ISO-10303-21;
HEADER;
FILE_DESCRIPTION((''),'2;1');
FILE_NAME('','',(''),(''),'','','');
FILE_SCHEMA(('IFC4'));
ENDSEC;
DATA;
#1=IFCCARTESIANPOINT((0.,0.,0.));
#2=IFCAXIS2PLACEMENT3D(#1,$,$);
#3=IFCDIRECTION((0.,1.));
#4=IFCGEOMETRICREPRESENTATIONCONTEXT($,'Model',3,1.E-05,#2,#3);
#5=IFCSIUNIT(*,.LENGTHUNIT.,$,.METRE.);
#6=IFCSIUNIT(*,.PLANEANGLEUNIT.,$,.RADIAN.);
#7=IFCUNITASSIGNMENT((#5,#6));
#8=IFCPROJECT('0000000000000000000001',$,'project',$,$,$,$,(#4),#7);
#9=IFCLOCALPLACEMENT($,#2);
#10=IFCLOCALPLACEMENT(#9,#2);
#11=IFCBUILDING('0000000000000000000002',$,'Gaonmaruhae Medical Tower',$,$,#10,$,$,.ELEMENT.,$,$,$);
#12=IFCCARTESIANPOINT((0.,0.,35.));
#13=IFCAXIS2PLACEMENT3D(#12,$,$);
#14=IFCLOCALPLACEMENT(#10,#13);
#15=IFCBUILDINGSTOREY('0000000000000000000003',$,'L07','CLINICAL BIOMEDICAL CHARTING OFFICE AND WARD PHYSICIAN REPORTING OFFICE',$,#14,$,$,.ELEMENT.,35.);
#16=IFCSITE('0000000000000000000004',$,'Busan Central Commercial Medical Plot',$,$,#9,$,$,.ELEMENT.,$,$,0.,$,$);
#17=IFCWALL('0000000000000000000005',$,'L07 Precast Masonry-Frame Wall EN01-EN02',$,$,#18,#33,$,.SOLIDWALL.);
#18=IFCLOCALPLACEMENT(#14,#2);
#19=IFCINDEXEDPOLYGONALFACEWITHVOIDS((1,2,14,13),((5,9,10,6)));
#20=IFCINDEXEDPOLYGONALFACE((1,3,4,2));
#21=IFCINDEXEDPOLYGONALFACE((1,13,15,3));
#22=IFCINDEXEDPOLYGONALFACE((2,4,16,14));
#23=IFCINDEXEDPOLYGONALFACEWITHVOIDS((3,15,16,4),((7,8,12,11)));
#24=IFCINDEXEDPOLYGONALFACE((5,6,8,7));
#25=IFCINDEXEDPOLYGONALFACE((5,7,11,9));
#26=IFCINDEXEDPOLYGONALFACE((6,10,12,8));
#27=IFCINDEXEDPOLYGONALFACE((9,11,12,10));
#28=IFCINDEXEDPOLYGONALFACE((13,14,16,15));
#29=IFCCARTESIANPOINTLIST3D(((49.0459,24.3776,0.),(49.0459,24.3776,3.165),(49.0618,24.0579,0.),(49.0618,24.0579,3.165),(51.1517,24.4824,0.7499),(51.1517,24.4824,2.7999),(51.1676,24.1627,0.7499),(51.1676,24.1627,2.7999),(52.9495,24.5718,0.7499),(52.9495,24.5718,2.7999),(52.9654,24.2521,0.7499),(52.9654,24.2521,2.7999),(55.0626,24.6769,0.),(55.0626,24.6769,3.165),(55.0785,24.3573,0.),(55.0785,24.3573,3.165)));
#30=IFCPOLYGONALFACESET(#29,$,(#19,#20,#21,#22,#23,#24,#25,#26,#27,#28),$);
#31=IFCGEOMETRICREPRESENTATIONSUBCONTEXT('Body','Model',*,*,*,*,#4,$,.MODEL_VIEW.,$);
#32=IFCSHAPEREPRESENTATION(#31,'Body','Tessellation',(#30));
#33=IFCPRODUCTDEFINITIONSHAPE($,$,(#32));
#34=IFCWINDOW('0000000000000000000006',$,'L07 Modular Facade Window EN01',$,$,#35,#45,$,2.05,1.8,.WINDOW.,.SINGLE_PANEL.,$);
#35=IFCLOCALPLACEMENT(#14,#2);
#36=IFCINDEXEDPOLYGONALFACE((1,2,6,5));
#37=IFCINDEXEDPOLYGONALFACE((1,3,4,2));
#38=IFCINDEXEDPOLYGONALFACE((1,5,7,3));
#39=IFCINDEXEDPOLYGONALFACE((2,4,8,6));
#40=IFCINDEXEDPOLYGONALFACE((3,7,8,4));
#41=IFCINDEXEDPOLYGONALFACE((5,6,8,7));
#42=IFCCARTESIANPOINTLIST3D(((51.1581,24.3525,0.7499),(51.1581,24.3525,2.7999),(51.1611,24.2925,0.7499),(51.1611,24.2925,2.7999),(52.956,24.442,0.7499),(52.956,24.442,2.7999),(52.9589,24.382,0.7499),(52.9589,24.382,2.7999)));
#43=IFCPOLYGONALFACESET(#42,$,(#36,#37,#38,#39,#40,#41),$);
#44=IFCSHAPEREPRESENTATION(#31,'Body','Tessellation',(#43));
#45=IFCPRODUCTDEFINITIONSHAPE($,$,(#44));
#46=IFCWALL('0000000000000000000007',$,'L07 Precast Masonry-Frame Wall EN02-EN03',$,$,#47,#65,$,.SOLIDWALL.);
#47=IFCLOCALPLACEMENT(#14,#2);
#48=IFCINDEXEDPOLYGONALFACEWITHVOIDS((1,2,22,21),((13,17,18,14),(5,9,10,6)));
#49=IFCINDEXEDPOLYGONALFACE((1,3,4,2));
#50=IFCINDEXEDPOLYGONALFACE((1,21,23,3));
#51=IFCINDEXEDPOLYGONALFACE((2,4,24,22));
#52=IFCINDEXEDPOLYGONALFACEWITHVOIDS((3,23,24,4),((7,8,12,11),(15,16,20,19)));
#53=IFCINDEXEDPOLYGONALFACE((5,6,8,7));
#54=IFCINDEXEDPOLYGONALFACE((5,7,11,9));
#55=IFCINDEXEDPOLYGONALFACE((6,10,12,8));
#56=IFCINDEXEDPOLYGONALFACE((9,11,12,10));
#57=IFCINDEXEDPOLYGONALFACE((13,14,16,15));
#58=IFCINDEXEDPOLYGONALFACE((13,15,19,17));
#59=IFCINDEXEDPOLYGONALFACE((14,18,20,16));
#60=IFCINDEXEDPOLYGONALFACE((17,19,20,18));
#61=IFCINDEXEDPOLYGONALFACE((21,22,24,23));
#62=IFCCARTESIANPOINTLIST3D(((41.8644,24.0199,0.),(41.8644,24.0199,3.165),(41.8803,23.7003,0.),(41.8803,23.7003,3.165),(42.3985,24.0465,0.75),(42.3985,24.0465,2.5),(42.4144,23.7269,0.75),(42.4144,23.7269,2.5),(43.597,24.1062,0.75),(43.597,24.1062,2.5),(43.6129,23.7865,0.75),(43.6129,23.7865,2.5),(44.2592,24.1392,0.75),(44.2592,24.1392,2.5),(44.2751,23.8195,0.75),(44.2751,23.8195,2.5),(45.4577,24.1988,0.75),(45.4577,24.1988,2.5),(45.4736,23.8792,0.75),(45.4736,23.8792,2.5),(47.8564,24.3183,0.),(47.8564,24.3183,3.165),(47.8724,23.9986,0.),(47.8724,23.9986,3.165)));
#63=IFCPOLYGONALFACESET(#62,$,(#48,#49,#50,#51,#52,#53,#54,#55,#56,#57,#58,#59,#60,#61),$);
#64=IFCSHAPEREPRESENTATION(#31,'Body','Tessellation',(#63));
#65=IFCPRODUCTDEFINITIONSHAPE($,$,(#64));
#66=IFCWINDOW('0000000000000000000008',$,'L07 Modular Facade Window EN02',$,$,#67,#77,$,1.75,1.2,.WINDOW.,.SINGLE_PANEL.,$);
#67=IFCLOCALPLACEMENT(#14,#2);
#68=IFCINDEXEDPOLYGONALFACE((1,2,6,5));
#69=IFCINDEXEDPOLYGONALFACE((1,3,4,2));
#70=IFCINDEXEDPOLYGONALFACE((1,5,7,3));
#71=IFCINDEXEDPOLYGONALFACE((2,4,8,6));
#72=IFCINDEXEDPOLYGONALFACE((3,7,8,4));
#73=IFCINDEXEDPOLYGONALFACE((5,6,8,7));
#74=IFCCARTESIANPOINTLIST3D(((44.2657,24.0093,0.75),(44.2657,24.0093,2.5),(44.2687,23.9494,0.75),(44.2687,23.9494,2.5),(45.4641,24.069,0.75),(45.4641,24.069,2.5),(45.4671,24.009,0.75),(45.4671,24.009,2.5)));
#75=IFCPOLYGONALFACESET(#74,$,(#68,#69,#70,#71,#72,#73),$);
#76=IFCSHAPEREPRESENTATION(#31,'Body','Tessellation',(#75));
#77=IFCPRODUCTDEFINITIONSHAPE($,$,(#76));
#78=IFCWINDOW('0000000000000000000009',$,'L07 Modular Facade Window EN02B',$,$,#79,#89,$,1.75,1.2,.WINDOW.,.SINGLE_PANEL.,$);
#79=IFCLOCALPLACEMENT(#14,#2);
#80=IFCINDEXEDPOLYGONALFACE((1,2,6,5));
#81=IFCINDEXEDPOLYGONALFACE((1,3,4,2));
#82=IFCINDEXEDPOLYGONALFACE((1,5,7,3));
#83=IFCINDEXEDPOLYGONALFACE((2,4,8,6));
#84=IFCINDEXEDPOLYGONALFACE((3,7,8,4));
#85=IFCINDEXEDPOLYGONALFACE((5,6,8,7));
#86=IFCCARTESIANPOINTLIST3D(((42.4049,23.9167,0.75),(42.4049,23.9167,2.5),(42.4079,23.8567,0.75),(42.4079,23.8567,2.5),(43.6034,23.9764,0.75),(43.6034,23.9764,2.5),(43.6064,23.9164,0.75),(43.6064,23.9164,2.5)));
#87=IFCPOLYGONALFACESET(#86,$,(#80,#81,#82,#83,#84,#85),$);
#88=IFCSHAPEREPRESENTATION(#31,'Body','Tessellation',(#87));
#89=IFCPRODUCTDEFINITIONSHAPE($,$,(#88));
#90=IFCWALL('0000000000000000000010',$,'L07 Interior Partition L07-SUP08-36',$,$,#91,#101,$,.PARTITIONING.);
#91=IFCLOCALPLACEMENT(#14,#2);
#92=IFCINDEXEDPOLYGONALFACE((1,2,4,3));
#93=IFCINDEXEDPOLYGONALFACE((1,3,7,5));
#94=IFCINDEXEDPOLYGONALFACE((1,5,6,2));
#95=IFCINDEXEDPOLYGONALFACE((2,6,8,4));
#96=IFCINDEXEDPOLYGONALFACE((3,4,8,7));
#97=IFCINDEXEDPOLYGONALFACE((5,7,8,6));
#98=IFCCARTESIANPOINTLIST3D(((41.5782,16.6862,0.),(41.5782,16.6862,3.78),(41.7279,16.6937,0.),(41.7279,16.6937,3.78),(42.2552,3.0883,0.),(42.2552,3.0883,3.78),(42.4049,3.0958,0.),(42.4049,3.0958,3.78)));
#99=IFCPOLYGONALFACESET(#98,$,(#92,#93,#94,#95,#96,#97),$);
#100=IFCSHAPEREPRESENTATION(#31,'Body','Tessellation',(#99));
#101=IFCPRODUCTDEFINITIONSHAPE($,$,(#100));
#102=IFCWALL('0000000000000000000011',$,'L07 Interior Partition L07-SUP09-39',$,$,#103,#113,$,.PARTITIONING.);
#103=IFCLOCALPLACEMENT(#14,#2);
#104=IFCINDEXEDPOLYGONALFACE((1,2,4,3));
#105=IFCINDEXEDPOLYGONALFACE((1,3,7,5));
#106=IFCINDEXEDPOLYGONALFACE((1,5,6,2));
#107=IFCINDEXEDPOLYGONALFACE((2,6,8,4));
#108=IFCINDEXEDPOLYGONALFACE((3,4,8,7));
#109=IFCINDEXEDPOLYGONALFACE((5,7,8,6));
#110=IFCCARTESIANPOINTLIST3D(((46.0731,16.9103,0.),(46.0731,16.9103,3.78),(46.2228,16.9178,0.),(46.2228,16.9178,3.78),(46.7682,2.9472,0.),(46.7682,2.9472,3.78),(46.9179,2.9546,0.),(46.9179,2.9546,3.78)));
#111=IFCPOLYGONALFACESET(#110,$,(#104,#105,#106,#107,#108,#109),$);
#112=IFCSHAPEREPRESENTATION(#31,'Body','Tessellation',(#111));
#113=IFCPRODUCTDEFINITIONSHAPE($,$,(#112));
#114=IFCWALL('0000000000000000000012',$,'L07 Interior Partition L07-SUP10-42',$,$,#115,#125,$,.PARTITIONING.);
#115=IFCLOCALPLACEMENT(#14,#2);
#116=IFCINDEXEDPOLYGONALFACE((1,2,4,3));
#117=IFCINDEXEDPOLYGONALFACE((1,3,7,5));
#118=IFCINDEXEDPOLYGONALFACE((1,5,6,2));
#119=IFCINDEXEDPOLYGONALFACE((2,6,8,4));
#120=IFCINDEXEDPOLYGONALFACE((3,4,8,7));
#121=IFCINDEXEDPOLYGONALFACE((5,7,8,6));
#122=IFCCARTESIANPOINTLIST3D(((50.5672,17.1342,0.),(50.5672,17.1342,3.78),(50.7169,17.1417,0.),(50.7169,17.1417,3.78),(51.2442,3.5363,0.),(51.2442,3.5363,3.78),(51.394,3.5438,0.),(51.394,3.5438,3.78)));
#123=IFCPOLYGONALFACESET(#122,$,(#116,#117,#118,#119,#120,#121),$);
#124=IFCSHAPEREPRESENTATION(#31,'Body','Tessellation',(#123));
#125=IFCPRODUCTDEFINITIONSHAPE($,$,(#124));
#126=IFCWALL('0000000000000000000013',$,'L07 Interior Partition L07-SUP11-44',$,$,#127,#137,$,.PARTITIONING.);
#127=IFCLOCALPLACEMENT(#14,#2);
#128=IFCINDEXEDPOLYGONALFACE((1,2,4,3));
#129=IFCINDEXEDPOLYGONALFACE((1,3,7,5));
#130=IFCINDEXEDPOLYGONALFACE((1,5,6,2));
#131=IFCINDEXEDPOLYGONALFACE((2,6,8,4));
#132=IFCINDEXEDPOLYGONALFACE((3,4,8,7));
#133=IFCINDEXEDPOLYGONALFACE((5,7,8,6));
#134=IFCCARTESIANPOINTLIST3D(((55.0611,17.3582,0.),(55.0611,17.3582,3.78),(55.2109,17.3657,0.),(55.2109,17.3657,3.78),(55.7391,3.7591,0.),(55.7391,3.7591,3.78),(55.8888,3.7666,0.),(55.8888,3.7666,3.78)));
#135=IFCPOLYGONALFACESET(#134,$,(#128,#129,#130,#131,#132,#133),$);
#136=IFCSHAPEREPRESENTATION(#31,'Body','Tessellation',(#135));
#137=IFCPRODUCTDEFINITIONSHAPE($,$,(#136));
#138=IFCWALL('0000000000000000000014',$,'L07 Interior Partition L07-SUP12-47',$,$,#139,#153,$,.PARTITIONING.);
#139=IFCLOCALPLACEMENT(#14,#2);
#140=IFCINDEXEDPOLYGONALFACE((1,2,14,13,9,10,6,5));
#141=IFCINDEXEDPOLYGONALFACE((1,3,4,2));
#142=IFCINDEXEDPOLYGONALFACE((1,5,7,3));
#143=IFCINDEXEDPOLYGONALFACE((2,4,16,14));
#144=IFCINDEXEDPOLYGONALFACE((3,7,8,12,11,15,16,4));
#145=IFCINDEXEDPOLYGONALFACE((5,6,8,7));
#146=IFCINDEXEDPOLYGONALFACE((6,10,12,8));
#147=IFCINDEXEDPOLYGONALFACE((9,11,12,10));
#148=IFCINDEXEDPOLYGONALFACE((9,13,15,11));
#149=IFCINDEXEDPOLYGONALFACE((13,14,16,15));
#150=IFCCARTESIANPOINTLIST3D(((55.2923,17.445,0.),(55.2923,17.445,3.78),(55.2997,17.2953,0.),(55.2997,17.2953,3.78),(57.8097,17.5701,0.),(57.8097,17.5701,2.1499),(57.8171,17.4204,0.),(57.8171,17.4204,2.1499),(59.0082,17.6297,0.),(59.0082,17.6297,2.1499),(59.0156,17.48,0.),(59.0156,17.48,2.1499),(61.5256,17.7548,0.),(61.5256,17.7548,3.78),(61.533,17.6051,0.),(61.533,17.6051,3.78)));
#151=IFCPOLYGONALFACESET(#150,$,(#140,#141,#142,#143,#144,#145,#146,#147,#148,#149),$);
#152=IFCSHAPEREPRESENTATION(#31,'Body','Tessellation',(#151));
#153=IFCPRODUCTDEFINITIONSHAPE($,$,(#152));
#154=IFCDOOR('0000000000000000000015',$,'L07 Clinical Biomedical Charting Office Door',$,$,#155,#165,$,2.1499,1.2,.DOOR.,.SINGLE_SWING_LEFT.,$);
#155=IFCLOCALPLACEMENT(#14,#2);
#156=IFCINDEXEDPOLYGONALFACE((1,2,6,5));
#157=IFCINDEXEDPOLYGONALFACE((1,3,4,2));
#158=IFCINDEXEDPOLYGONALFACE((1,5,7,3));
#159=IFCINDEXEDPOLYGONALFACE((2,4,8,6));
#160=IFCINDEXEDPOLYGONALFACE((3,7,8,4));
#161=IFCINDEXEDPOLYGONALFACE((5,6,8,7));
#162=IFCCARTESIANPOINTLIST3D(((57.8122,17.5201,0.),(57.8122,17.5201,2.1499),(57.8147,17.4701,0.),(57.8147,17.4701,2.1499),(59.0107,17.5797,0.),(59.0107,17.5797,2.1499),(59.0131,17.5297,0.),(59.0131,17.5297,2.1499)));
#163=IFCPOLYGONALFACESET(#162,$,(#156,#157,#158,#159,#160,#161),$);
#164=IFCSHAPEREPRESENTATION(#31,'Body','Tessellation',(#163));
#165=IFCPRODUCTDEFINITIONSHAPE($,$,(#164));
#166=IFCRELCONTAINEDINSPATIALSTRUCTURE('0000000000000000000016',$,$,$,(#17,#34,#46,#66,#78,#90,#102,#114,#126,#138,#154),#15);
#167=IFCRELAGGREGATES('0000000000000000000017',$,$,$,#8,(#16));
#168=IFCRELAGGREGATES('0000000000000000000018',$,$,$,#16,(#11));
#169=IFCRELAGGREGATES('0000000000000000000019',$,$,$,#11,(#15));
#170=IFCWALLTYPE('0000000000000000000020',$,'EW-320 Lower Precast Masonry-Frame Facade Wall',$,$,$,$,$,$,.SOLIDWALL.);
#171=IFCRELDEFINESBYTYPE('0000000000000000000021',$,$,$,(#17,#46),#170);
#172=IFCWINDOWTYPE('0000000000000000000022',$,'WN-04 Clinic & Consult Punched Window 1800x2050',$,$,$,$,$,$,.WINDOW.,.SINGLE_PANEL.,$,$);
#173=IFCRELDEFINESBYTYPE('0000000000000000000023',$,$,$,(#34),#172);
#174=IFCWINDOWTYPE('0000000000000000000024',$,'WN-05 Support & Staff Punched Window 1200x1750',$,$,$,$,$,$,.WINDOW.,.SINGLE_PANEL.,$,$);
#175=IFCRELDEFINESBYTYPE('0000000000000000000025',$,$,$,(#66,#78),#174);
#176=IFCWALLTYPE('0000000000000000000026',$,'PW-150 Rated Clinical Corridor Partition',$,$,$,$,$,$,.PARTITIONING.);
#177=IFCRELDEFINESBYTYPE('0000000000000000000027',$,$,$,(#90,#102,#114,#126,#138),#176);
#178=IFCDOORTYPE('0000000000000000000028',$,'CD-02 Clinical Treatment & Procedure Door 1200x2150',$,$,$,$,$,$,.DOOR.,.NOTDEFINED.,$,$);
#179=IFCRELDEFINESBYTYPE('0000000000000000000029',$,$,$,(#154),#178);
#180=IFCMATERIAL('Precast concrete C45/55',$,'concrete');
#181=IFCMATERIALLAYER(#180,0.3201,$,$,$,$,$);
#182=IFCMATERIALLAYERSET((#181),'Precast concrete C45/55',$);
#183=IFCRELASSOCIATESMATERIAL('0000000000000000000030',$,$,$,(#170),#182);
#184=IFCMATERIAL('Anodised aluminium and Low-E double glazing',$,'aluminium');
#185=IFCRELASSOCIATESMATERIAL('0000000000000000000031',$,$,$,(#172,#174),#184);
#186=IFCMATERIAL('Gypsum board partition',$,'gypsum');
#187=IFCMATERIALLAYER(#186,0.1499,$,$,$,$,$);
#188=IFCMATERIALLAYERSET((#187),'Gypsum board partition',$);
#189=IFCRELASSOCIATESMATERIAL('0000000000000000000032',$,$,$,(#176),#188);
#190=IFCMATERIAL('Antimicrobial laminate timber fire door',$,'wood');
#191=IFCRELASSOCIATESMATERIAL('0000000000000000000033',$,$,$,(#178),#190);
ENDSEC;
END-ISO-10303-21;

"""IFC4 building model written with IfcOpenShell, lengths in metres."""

from ifc_helpers import new_model, si_unit, direction, frame, frame_2d, origin, place, context, subcontext, project, spatial, rectangle, extrude, material, layer, layer_set, type_object, element, fill, save


model = new_model("IFC4")

# Units and contexts
model_context = context("Model", 3, precision=1e-05, world=origin(), true_north=direction((0.0, 1.0)))
body_context = subcontext(model_context, "Body", "Model", "MODEL_VIEW")
ifc_project = project(units=[si_unit("LENGTHUNIT", "METRE"), si_unit("PLANEANGLEUNIT", "RADIAN")], contexts=[model_context])

# Site, building, storey
site_placement = place(None, origin())
site = spatial("IfcSite", under=ifc_project, at=site_placement, Name="Busan Central Commercial Medical Plot", CompositionType="ELEMENT", RefElevation=0.0)
building_placement = place(site_placement, origin())
building = spatial("IfcBuilding", under=site, at=building_placement, Name="Gaonmaruhae Medical Tower", CompositionType="ELEMENT")
storey_placement = place(building_placement, frame((0.0, 0.0, 35.0)))
storey = spatial("IfcBuildingStorey", under=building, at=storey_placement, Name="L07", Description="CLINICAL BIOMEDICAL CHARTING OFFICE AND WARD PHYSICIAN REPORTING OFFICE", CompositionType="ELEMENT", Elevation=35.0)

# Wall, opening, window
ifc_material_1 = material(Name="Precast concrete C45/55", Category="concrete")
ifc_layer_1 = layer(ifc_material_1, 0.3201)
ifc_layer_set_1 = layer_set([ifc_layer_1], Name="Precast concrete C45/55")
wall_type_1 = type_object("IfcWallType", Name="EW-320 Lower Precast Masonry-Frame Facade Wall", PredefinedType="SOLIDWALL", material=ifc_layer_set_1)
wall_1_placement = place(storey_placement, frame((49.0537, 24.2178, 0.0), z_axis=(0.0, 0.0, 1.0), x_axis=(0.998765, 0.049685, 0.0)))
wall_1 = element("IfcWall", 1, at=wall_1_placement, inside=storey, type_object=wall_type_1, Name="L07 Precast Masonry-Frame Wall EN01-EN02", PredefinedType="SOLIDWALL", context=body_context, shape_type="SweptSolid", body=[
    extrude(rectangle(XDim=6.0242, YDim=0.3201, at=frame_2d((3.0122, 0.0))), origin(), (0.0, 0.0, 1.0), 3.165),
])
opening_1_placement = place(wall_1_placement, frame((2.1086, 0.0, 0.75)))
opening_1 = element("IfcOpeningElement", 2, at=opening_1_placement, cuts=wall_1, PredefinedType="OPENING", context=body_context, shape_type="SweptSolid", body=[
    extrude(rectangle(XDim=1.8, YDim=2.05, at=frame_2d((0.8999, 1.0249))), frame((0.0, 0.1699, 0.0), z_axis=(0.0, -1.0, 0.0), x_axis=(1.0, 0.0, 0.0)), (0.0, 0.0, 1.0), 0.3401),
])
ifc_material_2 = material(Name="Anodised aluminium and Low-E double glazing", Category="aluminium")
window_type_1 = type_object("IfcWindowType", Name="WN-04 Clinic & Consult Punched Window 1800x2050", PartitioningType="SINGLE_PANEL", PredefinedType="WINDOW", material=ifc_material_2)
window_1_placement = place(opening_1_placement, origin())
window_1 = element("IfcWindow", 3, at=window_1_placement, inside=storey, type_object=window_type_1, Name="L07 Modular Facade Window EN01", OverallHeight=2.05, OverallWidth=1.8, PartitioningType="SINGLE_PANEL", PredefinedType="WINDOW", context=body_context, shape_type="SweptSolid", body=[
    extrude(rectangle(XDim=1.8, YDim=2.05, at=frame_2d((0.8999, 1.0249))), frame((0.0, 0.03, 0.0), z_axis=(0.0, -1.0, 0.0), x_axis=(1.0, 0.0, 0.0)), (0.0, 0.0, 1.0), 0.0601),
])
fill(opening_1, window_1)

# Wall, openings, windows
wall_2_placement = place(storey_placement, frame((41.8723, 23.8601, 0.0), z_axis=(0.0, 0.0, 1.0), x_axis=(0.998763, 0.049727, 0.0)))
wall_2 = element("IfcWall", 4, at=wall_2_placement, inside=storey, type_object=wall_type_1, Name="L07 Precast Masonry-Frame Wall EN02-EN03", PredefinedType="SOLIDWALL", context=body_context, shape_type="SweptSolid", body=[
    extrude(rectangle(XDim=5.9995, YDim=0.3201, at=frame_2d((2.9998, 0.0))), origin(), (0.0, 0.0, 1.0), 3.165),
])
opening_2_placement = place(wall_2_placement, frame((2.3977, 0.0, 0.75)))
opening_2 = element("IfcOpeningElement", 5, at=opening_2_placement, cuts=wall_2, PredefinedType="OPENING", context=body_context, shape_type="SweptSolid", body=[
    extrude(rectangle(XDim=1.2, YDim=1.75, at=frame_2d((0.6001, 0.875))), frame((0.0, 0.1699, 0.0), z_axis=(0.0, -1.0, 0.0), x_axis=(1.0, 0.0, 0.0)), (0.0, 0.0, 1.0), 0.3401),
])
opening_3_placement = place(wall_2_placement, frame((0.5347, 0.0, 0.75)))
opening_3 = element("IfcOpeningElement", 6, at=opening_3_placement, cuts=wall_2, PredefinedType="OPENING", context=body_context, shape_type="SweptSolid", body=[
    extrude(rectangle(XDim=1.2, YDim=1.75, at=frame_2d((0.6001, 0.875))), frame((0.0, 0.1699, 0.0), z_axis=(0.0, -1.0, 0.0), x_axis=(1.0, 0.0, 0.0)), (0.0, 0.0, 1.0), 0.3401),
])
window_type_2 = type_object("IfcWindowType", Name="WN-05 Support & Staff Punched Window 1200x1750", PartitioningType="SINGLE_PANEL", PredefinedType="WINDOW", material=ifc_material_2)
window_2_placement = place(opening_2_placement, origin())
window_2 = element("IfcWindow", 7, at=window_2_placement, inside=storey, type_object=window_type_2, Name="L07 Modular Facade Window EN02", OverallHeight=1.75, OverallWidth=1.2, PartitioningType="SINGLE_PANEL", PredefinedType="WINDOW", context=body_context, shape_type="SweptSolid", body=[
    extrude(rectangle(XDim=1.2, YDim=1.75, at=frame_2d((0.6001, 0.875))), frame((0.0, 0.03, 0.0), z_axis=(0.0, -1.0, 0.0), x_axis=(1.0, 0.0, 0.0)), (0.0, 0.0, 1.0), 0.0601),
])
fill(opening_2, window_2)
window_3_placement = place(opening_3_placement, origin())
window_3 = element("IfcWindow", 8, at=window_3_placement, inside=storey, type_object=window_type_2, Name="L07 Modular Facade Window EN02B", OverallHeight=1.75, OverallWidth=1.2, PartitioningType="SINGLE_PANEL", PredefinedType="WINDOW", context=body_context, shape_type="SweptSolid", body=[
    extrude(rectangle(XDim=1.2, YDim=1.75, at=frame_2d((0.6001, 0.875))), frame((0.0, 0.03, 0.0), z_axis=(0.0, -1.0, 0.0), x_axis=(1.0, 0.0, 0.0)), (0.0, 0.0, 1.0), 0.0601),
])
fill(opening_3, window_3)

# Wall
ifc_material_3 = material(Name="Gypsum board partition", Category="gypsum")
ifc_layer_2 = layer(ifc_material_3, 0.1499)
ifc_layer_set_2 = layer_set([ifc_layer_2], Name="Gypsum board partition")
wall_type_2 = type_object("IfcWallType", Name="PW-150 Rated Clinical Corridor Partition", PredefinedType="PARTITIONING", material=ifc_layer_set_2)
wall_3_placement = place(storey_placement, frame((41.6531, 16.6899, 0.0), z_axis=(0.0, 0.0, 1.0), x_axis=(0.049726, -0.998763, 0.0)))
element("IfcWall", 9, at=wall_3_placement, inside=storey, type_object=wall_type_2, Name="L07 Interior Partition L07-SUP08-36", PredefinedType="PARTITIONING", context=body_context, shape_type="SweptSolid", body=[
    extrude(rectangle(XDim=13.6147, YDim=0.1499, at=frame_2d((6.8074, 0.0))), origin(), (0.0, 0.0, 1.0), 3.78),
])

# Shared definitions
ifc_material_4 = material(Name="Antimicrobial laminate timber fire door", Category="wood")
door_type_1 = type_object("IfcDoorType", Name="CD-02 Clinical Treatment & Procedure Door 1200x2150", OperationType="NOTDEFINED", PredefinedType="DOOR", material=ifc_material_4)

# Wall
wall_4_placement = place(storey_placement, frame((46.1479, 16.9141, 0.0), z_axis=(0.0, 0.0, 1.0), x_axis=(0.049717, -0.998763, 0.0)))
element("IfcWall", 10, at=wall_4_placement, inside=storey, type_object=wall_type_2, Name="L07 Interior Partition L07-SUP09-39", PredefinedType="PARTITIONING", context=body_context, shape_type="SweptSolid", body=[
    extrude(rectangle(XDim=13.9805, YDim=0.1499, at=frame_2d((6.9902, 0.0))), origin(), (0.0, 0.0, 1.0), 3.78),
])

# Wall
wall_5_placement = place(storey_placement, frame((50.6421, 17.1379, 0.0), z_axis=(0.0, 0.0, 1.0), x_axis=(0.049726, -0.998763, 0.0)))
element("IfcWall", 11, at=wall_5_placement, inside=storey, type_object=wall_type_2, Name="L07 Interior Partition L07-SUP10-42", PredefinedType="PARTITIONING", context=body_context, shape_type="SweptSolid", body=[
    extrude(rectangle(XDim=13.6147, YDim=0.1499, at=frame_2d((6.8074, 0.0))), origin(), (0.0, 0.0, 1.0), 3.78),
])

# Wall
wall_6_placement = place(storey_placement, frame((55.136, 17.3621, 0.0), z_axis=(0.0, 0.0, 1.0), x_axis=(0.049793, -0.99876, 0.0)))
element("IfcWall", 12, at=wall_6_placement, inside=storey, type_object=wall_type_2, Name="L07 Interior Partition L07-SUP11-44", PredefinedType="PARTITIONING", context=body_context, shape_type="SweptSolid", body=[
    extrude(rectangle(XDim=13.616, YDim=0.1499, at=frame_2d((6.8081, 0.0))), origin(), (0.0, 0.0, 1.0), 3.78),
])

# Wall, opening, door
wall_7_placement = place(storey_placement, frame((55.2959, 17.3701, 0.0), z_axis=(0.0, 0.0, 1.0), x_axis=(0.998767, 0.049643, 0.0)))
wall_7 = element("IfcWall", 13, at=wall_7_placement, inside=storey, type_object=wall_type_2, Name="L07 Interior Partition L07-SUP12-47", PredefinedType="PARTITIONING", context=body_context, shape_type="SweptSolid", body=[
    extrude(rectangle(XDim=6.241, YDim=0.1499, at=frame_2d((3.1206, 0.0))), origin(), (0.0, 0.0, 1.0), 3.78),
])
opening_4_placement = place(wall_7_placement, frame((2.5205, 0.0, 0.0)))
opening_4 = element("IfcOpeningElement", 14, at=opening_4_placement, cuts=wall_7, PredefinedType="OPENING", context=body_context, shape_type="SweptSolid", body=[
    extrude(rectangle(XDim=1.2, YDim=2.1499, at=frame_2d((0.6001, 1.075))), frame((0.0, 0.085, 0.0), z_axis=(0.0, -1.0, 0.0), x_axis=(1.0, 0.0, 0.0)), (0.0, 0.0, 1.0), 0.1699),
])
door_1_placement = place(opening_4_placement, origin())
door_1 = element("IfcDoor", 15, at=door_1_placement, inside=storey, type_object=door_type_1, Name="L07 Clinical Biomedical Charting Office Door", OperationType="SINGLE_SWING_LEFT", OverallHeight=2.1499, OverallWidth=1.2, PredefinedType="DOOR", context=body_context, shape_type="SweptSolid", body=[
    extrude(rectangle(XDim=1.2, YDim=2.1499, at=frame_2d((0.6001, 1.075))), frame((0.0, 0.0249, 0.0), z_axis=(0.0, -1.0, 0.0), x_axis=(1.0, 0.0, 0.0)), (0.0, 0.0, 1.0), 0.05),
])
fill(opening_4, door_1)

save(model, "model.ifc")
